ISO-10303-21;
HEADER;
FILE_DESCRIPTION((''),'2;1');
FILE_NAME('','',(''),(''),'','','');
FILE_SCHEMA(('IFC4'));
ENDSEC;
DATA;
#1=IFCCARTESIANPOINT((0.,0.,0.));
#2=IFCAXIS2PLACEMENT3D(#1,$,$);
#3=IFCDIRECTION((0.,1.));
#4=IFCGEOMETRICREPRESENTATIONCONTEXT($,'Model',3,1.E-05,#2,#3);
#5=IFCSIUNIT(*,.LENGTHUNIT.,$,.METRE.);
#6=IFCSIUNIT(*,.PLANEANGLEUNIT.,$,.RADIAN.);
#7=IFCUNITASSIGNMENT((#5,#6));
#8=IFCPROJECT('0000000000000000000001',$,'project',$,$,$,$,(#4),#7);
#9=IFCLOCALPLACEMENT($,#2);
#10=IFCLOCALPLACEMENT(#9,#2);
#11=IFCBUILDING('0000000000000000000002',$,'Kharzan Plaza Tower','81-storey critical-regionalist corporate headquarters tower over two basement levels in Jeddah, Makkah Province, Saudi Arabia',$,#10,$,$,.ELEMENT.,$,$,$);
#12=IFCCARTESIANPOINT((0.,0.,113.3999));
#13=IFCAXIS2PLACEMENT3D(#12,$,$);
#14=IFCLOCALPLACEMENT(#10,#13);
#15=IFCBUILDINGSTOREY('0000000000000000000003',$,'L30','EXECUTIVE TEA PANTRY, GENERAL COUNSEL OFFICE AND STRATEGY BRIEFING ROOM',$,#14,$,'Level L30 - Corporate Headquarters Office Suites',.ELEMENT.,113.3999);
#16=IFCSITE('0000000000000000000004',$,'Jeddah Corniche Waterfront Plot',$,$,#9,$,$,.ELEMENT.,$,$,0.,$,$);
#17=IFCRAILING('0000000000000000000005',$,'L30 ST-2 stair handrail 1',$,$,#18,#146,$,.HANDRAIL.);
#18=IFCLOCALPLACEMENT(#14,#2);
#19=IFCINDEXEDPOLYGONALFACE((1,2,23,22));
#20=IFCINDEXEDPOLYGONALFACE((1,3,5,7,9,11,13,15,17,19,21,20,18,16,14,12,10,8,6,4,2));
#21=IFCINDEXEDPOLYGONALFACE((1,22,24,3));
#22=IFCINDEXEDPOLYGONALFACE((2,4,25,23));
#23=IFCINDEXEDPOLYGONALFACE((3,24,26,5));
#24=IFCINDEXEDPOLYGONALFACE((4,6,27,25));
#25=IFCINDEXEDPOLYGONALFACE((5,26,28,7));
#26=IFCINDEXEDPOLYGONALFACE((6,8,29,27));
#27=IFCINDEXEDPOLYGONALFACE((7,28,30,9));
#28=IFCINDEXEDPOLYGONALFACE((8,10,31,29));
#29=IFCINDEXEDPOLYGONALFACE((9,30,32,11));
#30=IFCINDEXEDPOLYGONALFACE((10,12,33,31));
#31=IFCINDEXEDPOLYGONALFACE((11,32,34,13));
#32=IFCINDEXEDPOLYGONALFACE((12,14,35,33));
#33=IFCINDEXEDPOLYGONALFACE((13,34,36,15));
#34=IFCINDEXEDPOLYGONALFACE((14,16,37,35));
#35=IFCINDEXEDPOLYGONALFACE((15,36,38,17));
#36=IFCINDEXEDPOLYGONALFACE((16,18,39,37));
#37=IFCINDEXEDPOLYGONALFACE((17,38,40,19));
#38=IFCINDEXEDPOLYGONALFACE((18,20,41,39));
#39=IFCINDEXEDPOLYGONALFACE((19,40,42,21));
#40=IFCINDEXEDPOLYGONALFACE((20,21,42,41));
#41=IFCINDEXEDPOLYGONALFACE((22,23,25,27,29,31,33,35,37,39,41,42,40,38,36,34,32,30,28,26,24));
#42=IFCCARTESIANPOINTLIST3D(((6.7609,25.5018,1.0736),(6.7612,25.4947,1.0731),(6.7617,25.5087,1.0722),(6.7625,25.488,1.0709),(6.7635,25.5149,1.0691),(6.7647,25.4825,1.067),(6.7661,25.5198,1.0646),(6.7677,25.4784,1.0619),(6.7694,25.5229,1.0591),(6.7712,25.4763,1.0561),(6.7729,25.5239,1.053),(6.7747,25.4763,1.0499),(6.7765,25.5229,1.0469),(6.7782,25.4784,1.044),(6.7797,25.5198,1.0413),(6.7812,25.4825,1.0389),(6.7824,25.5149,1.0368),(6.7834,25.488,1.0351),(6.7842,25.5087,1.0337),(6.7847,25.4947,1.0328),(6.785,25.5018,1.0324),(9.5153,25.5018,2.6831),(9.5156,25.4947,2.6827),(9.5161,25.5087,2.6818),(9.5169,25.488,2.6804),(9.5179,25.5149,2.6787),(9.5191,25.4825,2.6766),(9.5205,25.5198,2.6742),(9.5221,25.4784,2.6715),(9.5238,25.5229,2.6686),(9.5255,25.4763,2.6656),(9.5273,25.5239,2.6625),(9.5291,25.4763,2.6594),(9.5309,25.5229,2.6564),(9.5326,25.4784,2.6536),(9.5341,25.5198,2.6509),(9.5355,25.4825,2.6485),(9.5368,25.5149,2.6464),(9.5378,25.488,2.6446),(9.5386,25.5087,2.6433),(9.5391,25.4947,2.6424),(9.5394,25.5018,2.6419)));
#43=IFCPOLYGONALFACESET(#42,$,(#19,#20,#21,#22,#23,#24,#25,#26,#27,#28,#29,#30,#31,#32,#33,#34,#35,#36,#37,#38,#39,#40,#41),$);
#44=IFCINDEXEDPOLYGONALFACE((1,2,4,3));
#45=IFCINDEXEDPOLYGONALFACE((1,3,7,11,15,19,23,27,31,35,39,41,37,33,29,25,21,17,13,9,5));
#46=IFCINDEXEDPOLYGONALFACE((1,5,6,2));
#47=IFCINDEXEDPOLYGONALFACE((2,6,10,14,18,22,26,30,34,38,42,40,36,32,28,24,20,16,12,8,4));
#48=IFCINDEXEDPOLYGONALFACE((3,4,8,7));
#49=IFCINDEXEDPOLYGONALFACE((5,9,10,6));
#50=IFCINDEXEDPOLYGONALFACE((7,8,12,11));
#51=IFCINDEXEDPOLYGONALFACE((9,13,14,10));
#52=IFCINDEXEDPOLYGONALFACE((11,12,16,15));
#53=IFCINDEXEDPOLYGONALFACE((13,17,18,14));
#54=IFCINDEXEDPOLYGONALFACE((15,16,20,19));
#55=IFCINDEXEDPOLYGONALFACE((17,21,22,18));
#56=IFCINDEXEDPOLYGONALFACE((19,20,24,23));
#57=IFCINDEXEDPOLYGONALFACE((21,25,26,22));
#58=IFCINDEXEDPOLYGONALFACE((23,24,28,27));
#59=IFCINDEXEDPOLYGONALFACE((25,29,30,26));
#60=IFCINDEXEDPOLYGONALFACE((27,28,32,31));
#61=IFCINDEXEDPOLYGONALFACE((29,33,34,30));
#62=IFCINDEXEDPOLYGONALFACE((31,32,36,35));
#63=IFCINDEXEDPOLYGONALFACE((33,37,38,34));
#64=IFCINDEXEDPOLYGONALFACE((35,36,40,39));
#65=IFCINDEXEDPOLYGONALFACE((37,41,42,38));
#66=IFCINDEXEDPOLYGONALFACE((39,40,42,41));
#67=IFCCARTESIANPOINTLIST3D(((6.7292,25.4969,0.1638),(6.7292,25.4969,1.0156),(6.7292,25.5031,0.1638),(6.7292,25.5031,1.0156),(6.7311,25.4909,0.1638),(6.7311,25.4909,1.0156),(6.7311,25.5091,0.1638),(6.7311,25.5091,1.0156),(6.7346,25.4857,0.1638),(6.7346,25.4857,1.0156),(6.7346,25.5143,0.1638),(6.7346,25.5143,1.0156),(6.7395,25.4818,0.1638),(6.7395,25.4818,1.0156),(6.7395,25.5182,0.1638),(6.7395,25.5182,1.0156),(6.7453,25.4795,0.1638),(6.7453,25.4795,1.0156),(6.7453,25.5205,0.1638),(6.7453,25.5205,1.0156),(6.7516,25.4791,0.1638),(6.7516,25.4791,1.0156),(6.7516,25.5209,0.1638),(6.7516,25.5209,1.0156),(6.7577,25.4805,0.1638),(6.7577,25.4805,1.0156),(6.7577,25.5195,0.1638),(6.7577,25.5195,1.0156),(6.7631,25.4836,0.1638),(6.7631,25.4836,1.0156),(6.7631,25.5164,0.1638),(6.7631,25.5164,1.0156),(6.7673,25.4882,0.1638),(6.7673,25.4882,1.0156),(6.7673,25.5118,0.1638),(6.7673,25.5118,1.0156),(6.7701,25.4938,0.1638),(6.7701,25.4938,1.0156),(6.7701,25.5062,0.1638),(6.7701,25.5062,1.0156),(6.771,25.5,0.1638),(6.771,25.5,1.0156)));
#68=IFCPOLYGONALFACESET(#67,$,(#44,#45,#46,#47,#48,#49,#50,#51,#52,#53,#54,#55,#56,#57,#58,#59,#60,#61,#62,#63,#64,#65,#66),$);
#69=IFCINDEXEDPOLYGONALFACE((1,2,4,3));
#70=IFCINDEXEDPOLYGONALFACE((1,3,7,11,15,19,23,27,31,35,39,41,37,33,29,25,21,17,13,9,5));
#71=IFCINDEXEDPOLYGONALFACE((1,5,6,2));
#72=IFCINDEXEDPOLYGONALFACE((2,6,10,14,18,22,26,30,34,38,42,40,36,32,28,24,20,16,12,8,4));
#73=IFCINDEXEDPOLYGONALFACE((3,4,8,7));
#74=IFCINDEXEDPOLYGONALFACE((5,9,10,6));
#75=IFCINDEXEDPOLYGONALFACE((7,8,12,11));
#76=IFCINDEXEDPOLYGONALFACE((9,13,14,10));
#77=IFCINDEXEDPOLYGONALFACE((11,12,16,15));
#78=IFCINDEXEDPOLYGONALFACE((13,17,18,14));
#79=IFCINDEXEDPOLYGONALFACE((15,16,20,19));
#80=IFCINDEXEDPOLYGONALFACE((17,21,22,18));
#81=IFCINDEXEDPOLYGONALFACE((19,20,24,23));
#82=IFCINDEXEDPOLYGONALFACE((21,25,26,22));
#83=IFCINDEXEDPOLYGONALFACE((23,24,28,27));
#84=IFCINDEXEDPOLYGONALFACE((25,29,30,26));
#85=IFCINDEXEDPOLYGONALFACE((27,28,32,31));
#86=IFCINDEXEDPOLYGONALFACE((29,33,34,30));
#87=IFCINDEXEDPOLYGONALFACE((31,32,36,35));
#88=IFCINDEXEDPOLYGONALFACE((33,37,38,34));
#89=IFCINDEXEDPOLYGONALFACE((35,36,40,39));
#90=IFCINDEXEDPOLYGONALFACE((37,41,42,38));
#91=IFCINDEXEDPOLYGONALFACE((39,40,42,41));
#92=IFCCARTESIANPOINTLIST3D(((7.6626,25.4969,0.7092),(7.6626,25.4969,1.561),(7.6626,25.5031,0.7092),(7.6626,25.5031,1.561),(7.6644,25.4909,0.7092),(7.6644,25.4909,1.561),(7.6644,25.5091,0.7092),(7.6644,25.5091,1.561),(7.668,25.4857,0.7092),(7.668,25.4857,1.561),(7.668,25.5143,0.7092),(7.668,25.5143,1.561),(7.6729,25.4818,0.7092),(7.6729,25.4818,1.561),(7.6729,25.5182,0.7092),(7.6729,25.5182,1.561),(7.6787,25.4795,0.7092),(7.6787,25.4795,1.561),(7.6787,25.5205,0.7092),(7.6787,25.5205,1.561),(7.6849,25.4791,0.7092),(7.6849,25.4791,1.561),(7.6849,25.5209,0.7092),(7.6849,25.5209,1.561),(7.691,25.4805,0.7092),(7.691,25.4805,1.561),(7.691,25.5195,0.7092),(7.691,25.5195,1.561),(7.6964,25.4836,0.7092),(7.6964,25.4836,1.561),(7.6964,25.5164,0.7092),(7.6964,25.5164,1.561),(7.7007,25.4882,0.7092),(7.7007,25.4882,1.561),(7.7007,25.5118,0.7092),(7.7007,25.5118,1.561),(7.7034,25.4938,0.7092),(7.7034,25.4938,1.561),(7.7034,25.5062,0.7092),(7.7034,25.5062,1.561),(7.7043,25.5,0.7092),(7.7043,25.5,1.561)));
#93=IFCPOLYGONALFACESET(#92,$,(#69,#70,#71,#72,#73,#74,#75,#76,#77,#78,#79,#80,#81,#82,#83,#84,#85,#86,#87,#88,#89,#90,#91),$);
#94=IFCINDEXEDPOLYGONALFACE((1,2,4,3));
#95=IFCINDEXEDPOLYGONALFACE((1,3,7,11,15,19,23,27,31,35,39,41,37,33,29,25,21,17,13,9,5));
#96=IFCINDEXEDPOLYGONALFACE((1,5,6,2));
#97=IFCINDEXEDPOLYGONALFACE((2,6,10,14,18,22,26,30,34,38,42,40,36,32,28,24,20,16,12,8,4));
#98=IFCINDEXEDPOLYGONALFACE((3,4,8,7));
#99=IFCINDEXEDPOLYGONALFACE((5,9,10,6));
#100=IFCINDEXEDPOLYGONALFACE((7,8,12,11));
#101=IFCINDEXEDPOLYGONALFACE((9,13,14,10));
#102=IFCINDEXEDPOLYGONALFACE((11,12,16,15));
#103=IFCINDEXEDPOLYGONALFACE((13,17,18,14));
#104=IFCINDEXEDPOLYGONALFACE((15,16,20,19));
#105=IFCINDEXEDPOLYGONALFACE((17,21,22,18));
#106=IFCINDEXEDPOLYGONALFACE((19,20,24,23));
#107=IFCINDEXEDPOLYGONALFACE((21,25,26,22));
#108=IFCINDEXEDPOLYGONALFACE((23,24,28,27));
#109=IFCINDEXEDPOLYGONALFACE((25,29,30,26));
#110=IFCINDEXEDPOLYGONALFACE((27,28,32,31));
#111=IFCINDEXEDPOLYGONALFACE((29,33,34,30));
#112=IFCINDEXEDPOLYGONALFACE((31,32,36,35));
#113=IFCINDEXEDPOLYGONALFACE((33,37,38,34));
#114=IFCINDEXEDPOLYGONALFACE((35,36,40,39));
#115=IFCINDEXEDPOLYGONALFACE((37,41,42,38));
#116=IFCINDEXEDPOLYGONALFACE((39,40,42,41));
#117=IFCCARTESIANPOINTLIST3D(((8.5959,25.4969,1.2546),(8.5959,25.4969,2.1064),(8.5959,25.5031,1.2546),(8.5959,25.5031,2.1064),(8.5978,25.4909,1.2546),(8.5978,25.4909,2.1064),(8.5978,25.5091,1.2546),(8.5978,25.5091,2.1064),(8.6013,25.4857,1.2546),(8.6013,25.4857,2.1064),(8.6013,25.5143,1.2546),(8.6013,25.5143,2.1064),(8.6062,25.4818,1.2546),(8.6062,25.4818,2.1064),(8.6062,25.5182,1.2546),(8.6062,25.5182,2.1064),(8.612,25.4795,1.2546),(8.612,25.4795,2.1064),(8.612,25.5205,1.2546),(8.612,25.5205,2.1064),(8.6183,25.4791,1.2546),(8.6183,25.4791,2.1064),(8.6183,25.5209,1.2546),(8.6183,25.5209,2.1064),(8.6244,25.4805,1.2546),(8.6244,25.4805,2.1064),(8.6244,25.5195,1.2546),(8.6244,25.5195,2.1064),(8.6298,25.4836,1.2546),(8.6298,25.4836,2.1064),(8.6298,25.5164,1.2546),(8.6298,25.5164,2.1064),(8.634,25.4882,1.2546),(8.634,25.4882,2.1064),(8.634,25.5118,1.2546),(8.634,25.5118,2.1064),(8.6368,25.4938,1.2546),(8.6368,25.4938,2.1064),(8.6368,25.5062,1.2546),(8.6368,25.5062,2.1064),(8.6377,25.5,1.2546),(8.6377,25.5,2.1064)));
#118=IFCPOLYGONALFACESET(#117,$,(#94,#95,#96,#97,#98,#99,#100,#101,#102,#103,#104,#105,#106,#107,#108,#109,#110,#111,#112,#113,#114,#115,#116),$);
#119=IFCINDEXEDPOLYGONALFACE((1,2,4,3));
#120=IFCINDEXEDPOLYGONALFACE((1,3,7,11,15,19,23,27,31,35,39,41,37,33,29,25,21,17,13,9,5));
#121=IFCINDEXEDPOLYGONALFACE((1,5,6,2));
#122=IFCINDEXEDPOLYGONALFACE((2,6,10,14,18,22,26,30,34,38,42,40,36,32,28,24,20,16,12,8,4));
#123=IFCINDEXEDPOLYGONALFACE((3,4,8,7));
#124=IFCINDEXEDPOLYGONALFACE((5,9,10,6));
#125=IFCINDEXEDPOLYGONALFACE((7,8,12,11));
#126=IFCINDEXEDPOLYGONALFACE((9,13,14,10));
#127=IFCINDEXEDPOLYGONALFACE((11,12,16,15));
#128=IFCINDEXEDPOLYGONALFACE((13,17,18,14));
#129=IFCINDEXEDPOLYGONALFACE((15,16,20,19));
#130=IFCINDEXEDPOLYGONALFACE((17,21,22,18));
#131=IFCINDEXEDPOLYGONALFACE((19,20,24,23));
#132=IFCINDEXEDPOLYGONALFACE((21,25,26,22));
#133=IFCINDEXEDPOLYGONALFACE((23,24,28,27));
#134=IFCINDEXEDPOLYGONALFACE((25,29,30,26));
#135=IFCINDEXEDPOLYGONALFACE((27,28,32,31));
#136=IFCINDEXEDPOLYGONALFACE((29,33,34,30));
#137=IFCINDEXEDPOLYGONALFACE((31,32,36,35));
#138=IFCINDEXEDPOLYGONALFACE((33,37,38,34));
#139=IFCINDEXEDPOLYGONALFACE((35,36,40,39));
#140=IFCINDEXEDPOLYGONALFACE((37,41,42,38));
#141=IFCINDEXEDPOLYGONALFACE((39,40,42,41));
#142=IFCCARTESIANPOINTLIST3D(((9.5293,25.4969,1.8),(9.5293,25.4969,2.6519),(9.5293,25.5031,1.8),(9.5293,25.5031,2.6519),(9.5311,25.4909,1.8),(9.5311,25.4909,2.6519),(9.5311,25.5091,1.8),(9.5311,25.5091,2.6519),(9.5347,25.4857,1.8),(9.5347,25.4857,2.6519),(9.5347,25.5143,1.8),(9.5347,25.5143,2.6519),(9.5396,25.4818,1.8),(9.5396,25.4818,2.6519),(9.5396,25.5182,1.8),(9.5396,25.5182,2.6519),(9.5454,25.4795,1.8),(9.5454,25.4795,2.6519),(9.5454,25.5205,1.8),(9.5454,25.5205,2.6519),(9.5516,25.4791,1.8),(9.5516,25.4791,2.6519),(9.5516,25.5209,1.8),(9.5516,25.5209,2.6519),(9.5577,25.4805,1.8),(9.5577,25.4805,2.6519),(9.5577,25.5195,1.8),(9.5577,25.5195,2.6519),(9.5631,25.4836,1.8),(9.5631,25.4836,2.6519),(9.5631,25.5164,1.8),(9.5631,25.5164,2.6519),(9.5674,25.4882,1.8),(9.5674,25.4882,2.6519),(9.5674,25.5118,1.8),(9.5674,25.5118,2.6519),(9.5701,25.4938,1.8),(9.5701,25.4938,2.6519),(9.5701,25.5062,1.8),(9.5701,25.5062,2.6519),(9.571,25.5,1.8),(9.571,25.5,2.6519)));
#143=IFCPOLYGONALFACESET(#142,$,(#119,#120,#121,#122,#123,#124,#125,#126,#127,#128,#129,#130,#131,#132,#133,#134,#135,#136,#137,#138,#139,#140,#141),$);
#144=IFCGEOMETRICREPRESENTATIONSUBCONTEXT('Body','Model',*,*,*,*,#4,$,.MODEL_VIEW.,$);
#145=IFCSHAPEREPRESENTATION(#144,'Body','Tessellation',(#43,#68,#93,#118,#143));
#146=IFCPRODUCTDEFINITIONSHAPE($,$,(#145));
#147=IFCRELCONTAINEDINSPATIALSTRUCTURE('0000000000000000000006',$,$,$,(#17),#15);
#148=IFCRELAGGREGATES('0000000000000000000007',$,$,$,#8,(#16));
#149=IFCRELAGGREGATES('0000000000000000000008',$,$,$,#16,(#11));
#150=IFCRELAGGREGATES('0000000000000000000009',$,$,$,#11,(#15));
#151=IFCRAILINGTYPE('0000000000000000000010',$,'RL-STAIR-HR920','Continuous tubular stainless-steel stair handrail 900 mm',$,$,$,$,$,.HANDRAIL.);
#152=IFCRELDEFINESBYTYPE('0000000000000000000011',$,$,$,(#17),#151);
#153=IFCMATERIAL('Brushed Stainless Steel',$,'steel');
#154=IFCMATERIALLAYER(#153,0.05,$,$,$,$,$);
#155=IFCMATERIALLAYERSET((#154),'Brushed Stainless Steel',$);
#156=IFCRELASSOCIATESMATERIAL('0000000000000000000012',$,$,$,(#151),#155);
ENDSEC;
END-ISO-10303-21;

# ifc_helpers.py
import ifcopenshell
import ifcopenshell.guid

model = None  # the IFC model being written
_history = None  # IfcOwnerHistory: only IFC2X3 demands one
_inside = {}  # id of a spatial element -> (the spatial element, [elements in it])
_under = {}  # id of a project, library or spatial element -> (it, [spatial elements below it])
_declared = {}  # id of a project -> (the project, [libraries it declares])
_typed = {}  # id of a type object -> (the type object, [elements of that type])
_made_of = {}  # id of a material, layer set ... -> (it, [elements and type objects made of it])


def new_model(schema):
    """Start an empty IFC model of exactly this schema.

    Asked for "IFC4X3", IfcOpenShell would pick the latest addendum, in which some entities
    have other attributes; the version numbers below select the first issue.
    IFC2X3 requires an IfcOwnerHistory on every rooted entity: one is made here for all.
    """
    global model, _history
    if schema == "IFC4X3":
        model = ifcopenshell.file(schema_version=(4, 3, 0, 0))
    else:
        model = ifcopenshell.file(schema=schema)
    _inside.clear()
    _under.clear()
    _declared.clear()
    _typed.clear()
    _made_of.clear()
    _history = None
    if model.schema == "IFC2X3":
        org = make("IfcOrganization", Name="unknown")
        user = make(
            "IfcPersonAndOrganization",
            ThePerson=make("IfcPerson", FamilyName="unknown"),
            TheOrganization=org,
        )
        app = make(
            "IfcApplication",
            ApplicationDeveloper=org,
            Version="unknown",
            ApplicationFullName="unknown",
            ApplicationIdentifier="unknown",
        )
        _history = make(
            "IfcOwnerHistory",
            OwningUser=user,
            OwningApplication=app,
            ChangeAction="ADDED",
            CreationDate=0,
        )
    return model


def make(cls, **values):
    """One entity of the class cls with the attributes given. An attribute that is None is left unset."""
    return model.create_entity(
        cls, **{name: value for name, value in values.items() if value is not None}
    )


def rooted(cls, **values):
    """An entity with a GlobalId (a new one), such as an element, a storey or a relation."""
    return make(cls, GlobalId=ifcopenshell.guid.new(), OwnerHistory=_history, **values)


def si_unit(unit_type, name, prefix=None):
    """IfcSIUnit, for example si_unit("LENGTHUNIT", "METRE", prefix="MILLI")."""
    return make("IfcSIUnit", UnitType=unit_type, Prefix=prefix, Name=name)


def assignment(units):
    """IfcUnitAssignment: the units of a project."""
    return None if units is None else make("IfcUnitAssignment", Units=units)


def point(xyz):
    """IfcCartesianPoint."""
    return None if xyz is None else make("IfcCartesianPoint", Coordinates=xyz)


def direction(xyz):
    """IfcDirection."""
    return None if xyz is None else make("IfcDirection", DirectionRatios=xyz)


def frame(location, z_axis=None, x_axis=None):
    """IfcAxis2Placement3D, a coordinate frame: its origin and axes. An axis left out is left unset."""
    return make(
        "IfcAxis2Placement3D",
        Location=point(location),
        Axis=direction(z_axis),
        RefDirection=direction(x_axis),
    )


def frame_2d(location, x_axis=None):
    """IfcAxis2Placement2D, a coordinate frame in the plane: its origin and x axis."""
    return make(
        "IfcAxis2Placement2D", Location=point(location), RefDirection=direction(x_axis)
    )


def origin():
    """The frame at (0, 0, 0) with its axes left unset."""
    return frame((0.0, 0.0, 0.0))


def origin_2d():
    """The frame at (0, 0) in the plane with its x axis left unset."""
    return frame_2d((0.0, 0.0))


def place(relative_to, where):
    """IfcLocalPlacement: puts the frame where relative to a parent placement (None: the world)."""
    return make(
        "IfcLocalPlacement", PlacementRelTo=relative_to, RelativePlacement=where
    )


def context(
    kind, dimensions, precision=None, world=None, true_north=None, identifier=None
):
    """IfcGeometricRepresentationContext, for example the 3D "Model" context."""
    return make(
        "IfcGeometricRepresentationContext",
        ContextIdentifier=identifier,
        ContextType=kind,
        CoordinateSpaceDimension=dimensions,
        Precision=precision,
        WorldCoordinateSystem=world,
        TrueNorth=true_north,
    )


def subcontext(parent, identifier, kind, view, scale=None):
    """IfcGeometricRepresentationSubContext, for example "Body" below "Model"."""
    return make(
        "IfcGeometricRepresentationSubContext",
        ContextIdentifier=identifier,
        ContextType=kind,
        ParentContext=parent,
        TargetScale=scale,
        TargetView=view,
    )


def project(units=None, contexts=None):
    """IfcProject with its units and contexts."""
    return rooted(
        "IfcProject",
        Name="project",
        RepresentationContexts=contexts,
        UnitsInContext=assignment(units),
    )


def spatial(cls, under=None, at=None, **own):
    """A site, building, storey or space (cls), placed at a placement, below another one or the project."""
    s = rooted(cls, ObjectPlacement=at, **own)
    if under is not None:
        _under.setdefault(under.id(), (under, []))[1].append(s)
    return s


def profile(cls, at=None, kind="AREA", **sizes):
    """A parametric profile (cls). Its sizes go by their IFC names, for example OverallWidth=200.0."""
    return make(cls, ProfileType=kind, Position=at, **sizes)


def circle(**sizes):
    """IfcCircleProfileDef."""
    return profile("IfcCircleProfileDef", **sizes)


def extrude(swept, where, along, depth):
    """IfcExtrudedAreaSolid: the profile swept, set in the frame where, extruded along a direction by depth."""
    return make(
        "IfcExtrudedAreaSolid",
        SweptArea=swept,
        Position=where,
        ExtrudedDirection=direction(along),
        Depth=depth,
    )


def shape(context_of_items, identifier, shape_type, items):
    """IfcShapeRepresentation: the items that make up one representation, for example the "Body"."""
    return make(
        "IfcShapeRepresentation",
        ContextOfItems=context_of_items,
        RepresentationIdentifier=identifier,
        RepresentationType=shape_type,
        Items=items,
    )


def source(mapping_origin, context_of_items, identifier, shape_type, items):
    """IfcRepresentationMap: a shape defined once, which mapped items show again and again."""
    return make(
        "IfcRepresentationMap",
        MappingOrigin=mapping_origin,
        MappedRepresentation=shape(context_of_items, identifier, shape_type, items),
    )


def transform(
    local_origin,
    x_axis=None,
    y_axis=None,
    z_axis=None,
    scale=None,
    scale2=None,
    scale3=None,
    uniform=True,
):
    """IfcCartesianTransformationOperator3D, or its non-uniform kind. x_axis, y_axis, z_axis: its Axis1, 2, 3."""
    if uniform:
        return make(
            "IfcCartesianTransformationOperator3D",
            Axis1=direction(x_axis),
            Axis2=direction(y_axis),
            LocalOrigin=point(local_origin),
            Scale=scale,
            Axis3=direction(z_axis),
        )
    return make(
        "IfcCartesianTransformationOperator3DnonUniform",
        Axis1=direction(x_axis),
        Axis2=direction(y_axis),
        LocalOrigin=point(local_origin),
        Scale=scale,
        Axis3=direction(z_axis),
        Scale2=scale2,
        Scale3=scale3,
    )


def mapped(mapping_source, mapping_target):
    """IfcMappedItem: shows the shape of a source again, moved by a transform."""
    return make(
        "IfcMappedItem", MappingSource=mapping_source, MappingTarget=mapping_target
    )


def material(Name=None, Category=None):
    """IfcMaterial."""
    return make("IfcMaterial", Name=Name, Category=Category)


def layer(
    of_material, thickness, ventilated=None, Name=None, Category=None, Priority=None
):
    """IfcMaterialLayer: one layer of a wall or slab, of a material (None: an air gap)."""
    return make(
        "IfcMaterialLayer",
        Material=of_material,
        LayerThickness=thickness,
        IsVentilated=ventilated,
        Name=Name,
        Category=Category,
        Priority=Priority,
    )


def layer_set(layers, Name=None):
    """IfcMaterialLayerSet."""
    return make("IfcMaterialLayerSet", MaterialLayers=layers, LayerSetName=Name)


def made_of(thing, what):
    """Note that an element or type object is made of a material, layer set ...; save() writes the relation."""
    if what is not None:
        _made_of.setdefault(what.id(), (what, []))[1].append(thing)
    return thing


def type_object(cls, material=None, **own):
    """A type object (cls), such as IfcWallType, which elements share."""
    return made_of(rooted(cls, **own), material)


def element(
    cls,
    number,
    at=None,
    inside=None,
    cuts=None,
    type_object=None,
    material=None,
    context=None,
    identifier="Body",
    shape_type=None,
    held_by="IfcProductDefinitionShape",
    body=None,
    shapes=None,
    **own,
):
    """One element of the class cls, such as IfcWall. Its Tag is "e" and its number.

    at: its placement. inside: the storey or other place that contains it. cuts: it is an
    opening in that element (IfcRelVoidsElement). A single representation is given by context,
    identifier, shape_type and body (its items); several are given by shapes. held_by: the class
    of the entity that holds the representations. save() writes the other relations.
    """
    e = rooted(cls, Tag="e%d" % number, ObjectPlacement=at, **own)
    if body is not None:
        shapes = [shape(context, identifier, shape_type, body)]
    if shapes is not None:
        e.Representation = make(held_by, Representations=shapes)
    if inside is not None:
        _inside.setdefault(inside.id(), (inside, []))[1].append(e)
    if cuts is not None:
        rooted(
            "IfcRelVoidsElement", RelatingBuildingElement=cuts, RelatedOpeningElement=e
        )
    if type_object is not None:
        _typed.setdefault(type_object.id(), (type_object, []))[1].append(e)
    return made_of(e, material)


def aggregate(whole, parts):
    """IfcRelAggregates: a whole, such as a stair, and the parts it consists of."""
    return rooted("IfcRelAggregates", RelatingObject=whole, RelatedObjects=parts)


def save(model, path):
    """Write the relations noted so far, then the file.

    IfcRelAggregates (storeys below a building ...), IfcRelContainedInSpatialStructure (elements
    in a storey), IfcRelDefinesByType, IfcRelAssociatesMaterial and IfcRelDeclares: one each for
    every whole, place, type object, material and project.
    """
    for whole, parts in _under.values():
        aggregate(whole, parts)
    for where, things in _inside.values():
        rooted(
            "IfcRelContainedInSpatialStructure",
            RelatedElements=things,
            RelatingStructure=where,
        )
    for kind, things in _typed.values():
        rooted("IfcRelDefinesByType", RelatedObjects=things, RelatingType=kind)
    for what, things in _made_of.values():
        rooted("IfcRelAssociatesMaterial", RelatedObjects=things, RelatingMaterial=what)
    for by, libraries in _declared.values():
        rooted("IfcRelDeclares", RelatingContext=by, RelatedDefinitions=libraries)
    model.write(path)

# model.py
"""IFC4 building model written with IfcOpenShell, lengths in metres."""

from ifc_helpers import new_model, si_unit, direction, frame, origin, origin_2d, place, context, subcontext, project, spatial, circle, extrude, source, transform, mapped, material, layer, layer_set, type_object, element, save


model = new_model("IFC4")

# Units and contexts
model_context = context("Model", 3, precision=1e-05, world=origin(), true_north=direction((0.0, 1.0)))
body_context = subcontext(model_context, "Body", "Model", "MODEL_VIEW")
ifc_project = project(units=[si_unit("LENGTHUNIT", "METRE"), si_unit("PLANEANGLEUNIT", "RADIAN")], contexts=[model_context])

# Site, building, storey
site_placement = place(None, origin())
site = spatial("IfcSite", under=ifc_project, at=site_placement, Name="Jeddah Corniche Waterfront Plot", CompositionType="ELEMENT", RefElevation=0.0)
building_placement = place(site_placement, origin())
building = spatial("IfcBuilding", under=site, at=building_placement, Name="Kharzan Plaza Tower", Description="81-storey critical-regionalist corporate headquarters tower over two basement levels in Jeddah, Makkah Province, Saudi Arabia", CompositionType="ELEMENT")
storey_placement = place(building_placement, frame((0.0, 0.0, 113.3999)))
storey = spatial("IfcBuildingStorey", under=building, at=storey_placement, Name="L30", Description="EXECUTIVE TEA PANTRY, GENERAL COUNSEL OFFICE AND STRATEGY BRIEFING ROOM", LongName="Level L30 - Corporate Headquarters Office Suites", CompositionType="ELEMENT", Elevation=113.3999)

# Shared definitions
ifc_material_1 = material(Name="Brushed Stainless Steel", Category="steel")

# Railing
ifc_layer_1 = layer(ifc_material_1, 0.05)
ifc_layer_set_1 = layer_set([ifc_layer_1], Name="Brushed Stainless Steel")
railing_type_1 = type_object("IfcRailingType", Name="RL-STAIR-HR920", Description="Continuous tubular stainless-steel stair handrail 900 mm", PredefinedType="HANDRAIL", material=ifc_layer_set_1)
shared_shape_1 = source(origin(), body_context, "Body", "SweptSolid", [
    extrude(circle(Radius=0.0239, at=origin_2d()), frame((0.0229, 0.0, 0.8892), z_axis=(0.863394, 0.0, 0.504531), x_axis=(0.0, 1.0, 0.0)), (0.0, 0.0, 1.0), 3.1902),
    extrude(circle(Radius=0.021, at=origin_2d()), origin(), (0.0, 0.0, 1.0), 0.8518),
    extrude(circle(Radius=0.021, at=origin_2d()), frame((0.9333, 0.0, 0.5454)), (0.0, 0.0, 1.0), 0.8518),
    extrude(circle(Radius=0.021, at=origin_2d()), frame((1.8667, 0.0, 1.0908)), (0.0, 0.0, 1.0), 0.8518),
    extrude(circle(Radius=0.021, at=origin_2d()), frame((2.8, 0.0, 1.6362)), (0.0, 0.0, 1.0), 0.8518),
])
railing_1_placement = place(storey_placement, frame((6.75, 25.5, 0.1638)))
element("IfcRailing", 1, at=railing_1_placement, inside=storey, type_object=railing_type_1, Name="L30 ST-2 stair handrail 1", PredefinedType="HANDRAIL", context=body_context, shape_type="MappedRepresentation", body=[
    mapped(shared_shape_1, transform((0.0, 0.0, 0.0), x_axis=(1.0, 0.0, 0.0), y_axis=(0.0, 1.0, 0.0), z_axis=(0.0, 0.0, 1.0))),
])

save(model, "model.ifc")
